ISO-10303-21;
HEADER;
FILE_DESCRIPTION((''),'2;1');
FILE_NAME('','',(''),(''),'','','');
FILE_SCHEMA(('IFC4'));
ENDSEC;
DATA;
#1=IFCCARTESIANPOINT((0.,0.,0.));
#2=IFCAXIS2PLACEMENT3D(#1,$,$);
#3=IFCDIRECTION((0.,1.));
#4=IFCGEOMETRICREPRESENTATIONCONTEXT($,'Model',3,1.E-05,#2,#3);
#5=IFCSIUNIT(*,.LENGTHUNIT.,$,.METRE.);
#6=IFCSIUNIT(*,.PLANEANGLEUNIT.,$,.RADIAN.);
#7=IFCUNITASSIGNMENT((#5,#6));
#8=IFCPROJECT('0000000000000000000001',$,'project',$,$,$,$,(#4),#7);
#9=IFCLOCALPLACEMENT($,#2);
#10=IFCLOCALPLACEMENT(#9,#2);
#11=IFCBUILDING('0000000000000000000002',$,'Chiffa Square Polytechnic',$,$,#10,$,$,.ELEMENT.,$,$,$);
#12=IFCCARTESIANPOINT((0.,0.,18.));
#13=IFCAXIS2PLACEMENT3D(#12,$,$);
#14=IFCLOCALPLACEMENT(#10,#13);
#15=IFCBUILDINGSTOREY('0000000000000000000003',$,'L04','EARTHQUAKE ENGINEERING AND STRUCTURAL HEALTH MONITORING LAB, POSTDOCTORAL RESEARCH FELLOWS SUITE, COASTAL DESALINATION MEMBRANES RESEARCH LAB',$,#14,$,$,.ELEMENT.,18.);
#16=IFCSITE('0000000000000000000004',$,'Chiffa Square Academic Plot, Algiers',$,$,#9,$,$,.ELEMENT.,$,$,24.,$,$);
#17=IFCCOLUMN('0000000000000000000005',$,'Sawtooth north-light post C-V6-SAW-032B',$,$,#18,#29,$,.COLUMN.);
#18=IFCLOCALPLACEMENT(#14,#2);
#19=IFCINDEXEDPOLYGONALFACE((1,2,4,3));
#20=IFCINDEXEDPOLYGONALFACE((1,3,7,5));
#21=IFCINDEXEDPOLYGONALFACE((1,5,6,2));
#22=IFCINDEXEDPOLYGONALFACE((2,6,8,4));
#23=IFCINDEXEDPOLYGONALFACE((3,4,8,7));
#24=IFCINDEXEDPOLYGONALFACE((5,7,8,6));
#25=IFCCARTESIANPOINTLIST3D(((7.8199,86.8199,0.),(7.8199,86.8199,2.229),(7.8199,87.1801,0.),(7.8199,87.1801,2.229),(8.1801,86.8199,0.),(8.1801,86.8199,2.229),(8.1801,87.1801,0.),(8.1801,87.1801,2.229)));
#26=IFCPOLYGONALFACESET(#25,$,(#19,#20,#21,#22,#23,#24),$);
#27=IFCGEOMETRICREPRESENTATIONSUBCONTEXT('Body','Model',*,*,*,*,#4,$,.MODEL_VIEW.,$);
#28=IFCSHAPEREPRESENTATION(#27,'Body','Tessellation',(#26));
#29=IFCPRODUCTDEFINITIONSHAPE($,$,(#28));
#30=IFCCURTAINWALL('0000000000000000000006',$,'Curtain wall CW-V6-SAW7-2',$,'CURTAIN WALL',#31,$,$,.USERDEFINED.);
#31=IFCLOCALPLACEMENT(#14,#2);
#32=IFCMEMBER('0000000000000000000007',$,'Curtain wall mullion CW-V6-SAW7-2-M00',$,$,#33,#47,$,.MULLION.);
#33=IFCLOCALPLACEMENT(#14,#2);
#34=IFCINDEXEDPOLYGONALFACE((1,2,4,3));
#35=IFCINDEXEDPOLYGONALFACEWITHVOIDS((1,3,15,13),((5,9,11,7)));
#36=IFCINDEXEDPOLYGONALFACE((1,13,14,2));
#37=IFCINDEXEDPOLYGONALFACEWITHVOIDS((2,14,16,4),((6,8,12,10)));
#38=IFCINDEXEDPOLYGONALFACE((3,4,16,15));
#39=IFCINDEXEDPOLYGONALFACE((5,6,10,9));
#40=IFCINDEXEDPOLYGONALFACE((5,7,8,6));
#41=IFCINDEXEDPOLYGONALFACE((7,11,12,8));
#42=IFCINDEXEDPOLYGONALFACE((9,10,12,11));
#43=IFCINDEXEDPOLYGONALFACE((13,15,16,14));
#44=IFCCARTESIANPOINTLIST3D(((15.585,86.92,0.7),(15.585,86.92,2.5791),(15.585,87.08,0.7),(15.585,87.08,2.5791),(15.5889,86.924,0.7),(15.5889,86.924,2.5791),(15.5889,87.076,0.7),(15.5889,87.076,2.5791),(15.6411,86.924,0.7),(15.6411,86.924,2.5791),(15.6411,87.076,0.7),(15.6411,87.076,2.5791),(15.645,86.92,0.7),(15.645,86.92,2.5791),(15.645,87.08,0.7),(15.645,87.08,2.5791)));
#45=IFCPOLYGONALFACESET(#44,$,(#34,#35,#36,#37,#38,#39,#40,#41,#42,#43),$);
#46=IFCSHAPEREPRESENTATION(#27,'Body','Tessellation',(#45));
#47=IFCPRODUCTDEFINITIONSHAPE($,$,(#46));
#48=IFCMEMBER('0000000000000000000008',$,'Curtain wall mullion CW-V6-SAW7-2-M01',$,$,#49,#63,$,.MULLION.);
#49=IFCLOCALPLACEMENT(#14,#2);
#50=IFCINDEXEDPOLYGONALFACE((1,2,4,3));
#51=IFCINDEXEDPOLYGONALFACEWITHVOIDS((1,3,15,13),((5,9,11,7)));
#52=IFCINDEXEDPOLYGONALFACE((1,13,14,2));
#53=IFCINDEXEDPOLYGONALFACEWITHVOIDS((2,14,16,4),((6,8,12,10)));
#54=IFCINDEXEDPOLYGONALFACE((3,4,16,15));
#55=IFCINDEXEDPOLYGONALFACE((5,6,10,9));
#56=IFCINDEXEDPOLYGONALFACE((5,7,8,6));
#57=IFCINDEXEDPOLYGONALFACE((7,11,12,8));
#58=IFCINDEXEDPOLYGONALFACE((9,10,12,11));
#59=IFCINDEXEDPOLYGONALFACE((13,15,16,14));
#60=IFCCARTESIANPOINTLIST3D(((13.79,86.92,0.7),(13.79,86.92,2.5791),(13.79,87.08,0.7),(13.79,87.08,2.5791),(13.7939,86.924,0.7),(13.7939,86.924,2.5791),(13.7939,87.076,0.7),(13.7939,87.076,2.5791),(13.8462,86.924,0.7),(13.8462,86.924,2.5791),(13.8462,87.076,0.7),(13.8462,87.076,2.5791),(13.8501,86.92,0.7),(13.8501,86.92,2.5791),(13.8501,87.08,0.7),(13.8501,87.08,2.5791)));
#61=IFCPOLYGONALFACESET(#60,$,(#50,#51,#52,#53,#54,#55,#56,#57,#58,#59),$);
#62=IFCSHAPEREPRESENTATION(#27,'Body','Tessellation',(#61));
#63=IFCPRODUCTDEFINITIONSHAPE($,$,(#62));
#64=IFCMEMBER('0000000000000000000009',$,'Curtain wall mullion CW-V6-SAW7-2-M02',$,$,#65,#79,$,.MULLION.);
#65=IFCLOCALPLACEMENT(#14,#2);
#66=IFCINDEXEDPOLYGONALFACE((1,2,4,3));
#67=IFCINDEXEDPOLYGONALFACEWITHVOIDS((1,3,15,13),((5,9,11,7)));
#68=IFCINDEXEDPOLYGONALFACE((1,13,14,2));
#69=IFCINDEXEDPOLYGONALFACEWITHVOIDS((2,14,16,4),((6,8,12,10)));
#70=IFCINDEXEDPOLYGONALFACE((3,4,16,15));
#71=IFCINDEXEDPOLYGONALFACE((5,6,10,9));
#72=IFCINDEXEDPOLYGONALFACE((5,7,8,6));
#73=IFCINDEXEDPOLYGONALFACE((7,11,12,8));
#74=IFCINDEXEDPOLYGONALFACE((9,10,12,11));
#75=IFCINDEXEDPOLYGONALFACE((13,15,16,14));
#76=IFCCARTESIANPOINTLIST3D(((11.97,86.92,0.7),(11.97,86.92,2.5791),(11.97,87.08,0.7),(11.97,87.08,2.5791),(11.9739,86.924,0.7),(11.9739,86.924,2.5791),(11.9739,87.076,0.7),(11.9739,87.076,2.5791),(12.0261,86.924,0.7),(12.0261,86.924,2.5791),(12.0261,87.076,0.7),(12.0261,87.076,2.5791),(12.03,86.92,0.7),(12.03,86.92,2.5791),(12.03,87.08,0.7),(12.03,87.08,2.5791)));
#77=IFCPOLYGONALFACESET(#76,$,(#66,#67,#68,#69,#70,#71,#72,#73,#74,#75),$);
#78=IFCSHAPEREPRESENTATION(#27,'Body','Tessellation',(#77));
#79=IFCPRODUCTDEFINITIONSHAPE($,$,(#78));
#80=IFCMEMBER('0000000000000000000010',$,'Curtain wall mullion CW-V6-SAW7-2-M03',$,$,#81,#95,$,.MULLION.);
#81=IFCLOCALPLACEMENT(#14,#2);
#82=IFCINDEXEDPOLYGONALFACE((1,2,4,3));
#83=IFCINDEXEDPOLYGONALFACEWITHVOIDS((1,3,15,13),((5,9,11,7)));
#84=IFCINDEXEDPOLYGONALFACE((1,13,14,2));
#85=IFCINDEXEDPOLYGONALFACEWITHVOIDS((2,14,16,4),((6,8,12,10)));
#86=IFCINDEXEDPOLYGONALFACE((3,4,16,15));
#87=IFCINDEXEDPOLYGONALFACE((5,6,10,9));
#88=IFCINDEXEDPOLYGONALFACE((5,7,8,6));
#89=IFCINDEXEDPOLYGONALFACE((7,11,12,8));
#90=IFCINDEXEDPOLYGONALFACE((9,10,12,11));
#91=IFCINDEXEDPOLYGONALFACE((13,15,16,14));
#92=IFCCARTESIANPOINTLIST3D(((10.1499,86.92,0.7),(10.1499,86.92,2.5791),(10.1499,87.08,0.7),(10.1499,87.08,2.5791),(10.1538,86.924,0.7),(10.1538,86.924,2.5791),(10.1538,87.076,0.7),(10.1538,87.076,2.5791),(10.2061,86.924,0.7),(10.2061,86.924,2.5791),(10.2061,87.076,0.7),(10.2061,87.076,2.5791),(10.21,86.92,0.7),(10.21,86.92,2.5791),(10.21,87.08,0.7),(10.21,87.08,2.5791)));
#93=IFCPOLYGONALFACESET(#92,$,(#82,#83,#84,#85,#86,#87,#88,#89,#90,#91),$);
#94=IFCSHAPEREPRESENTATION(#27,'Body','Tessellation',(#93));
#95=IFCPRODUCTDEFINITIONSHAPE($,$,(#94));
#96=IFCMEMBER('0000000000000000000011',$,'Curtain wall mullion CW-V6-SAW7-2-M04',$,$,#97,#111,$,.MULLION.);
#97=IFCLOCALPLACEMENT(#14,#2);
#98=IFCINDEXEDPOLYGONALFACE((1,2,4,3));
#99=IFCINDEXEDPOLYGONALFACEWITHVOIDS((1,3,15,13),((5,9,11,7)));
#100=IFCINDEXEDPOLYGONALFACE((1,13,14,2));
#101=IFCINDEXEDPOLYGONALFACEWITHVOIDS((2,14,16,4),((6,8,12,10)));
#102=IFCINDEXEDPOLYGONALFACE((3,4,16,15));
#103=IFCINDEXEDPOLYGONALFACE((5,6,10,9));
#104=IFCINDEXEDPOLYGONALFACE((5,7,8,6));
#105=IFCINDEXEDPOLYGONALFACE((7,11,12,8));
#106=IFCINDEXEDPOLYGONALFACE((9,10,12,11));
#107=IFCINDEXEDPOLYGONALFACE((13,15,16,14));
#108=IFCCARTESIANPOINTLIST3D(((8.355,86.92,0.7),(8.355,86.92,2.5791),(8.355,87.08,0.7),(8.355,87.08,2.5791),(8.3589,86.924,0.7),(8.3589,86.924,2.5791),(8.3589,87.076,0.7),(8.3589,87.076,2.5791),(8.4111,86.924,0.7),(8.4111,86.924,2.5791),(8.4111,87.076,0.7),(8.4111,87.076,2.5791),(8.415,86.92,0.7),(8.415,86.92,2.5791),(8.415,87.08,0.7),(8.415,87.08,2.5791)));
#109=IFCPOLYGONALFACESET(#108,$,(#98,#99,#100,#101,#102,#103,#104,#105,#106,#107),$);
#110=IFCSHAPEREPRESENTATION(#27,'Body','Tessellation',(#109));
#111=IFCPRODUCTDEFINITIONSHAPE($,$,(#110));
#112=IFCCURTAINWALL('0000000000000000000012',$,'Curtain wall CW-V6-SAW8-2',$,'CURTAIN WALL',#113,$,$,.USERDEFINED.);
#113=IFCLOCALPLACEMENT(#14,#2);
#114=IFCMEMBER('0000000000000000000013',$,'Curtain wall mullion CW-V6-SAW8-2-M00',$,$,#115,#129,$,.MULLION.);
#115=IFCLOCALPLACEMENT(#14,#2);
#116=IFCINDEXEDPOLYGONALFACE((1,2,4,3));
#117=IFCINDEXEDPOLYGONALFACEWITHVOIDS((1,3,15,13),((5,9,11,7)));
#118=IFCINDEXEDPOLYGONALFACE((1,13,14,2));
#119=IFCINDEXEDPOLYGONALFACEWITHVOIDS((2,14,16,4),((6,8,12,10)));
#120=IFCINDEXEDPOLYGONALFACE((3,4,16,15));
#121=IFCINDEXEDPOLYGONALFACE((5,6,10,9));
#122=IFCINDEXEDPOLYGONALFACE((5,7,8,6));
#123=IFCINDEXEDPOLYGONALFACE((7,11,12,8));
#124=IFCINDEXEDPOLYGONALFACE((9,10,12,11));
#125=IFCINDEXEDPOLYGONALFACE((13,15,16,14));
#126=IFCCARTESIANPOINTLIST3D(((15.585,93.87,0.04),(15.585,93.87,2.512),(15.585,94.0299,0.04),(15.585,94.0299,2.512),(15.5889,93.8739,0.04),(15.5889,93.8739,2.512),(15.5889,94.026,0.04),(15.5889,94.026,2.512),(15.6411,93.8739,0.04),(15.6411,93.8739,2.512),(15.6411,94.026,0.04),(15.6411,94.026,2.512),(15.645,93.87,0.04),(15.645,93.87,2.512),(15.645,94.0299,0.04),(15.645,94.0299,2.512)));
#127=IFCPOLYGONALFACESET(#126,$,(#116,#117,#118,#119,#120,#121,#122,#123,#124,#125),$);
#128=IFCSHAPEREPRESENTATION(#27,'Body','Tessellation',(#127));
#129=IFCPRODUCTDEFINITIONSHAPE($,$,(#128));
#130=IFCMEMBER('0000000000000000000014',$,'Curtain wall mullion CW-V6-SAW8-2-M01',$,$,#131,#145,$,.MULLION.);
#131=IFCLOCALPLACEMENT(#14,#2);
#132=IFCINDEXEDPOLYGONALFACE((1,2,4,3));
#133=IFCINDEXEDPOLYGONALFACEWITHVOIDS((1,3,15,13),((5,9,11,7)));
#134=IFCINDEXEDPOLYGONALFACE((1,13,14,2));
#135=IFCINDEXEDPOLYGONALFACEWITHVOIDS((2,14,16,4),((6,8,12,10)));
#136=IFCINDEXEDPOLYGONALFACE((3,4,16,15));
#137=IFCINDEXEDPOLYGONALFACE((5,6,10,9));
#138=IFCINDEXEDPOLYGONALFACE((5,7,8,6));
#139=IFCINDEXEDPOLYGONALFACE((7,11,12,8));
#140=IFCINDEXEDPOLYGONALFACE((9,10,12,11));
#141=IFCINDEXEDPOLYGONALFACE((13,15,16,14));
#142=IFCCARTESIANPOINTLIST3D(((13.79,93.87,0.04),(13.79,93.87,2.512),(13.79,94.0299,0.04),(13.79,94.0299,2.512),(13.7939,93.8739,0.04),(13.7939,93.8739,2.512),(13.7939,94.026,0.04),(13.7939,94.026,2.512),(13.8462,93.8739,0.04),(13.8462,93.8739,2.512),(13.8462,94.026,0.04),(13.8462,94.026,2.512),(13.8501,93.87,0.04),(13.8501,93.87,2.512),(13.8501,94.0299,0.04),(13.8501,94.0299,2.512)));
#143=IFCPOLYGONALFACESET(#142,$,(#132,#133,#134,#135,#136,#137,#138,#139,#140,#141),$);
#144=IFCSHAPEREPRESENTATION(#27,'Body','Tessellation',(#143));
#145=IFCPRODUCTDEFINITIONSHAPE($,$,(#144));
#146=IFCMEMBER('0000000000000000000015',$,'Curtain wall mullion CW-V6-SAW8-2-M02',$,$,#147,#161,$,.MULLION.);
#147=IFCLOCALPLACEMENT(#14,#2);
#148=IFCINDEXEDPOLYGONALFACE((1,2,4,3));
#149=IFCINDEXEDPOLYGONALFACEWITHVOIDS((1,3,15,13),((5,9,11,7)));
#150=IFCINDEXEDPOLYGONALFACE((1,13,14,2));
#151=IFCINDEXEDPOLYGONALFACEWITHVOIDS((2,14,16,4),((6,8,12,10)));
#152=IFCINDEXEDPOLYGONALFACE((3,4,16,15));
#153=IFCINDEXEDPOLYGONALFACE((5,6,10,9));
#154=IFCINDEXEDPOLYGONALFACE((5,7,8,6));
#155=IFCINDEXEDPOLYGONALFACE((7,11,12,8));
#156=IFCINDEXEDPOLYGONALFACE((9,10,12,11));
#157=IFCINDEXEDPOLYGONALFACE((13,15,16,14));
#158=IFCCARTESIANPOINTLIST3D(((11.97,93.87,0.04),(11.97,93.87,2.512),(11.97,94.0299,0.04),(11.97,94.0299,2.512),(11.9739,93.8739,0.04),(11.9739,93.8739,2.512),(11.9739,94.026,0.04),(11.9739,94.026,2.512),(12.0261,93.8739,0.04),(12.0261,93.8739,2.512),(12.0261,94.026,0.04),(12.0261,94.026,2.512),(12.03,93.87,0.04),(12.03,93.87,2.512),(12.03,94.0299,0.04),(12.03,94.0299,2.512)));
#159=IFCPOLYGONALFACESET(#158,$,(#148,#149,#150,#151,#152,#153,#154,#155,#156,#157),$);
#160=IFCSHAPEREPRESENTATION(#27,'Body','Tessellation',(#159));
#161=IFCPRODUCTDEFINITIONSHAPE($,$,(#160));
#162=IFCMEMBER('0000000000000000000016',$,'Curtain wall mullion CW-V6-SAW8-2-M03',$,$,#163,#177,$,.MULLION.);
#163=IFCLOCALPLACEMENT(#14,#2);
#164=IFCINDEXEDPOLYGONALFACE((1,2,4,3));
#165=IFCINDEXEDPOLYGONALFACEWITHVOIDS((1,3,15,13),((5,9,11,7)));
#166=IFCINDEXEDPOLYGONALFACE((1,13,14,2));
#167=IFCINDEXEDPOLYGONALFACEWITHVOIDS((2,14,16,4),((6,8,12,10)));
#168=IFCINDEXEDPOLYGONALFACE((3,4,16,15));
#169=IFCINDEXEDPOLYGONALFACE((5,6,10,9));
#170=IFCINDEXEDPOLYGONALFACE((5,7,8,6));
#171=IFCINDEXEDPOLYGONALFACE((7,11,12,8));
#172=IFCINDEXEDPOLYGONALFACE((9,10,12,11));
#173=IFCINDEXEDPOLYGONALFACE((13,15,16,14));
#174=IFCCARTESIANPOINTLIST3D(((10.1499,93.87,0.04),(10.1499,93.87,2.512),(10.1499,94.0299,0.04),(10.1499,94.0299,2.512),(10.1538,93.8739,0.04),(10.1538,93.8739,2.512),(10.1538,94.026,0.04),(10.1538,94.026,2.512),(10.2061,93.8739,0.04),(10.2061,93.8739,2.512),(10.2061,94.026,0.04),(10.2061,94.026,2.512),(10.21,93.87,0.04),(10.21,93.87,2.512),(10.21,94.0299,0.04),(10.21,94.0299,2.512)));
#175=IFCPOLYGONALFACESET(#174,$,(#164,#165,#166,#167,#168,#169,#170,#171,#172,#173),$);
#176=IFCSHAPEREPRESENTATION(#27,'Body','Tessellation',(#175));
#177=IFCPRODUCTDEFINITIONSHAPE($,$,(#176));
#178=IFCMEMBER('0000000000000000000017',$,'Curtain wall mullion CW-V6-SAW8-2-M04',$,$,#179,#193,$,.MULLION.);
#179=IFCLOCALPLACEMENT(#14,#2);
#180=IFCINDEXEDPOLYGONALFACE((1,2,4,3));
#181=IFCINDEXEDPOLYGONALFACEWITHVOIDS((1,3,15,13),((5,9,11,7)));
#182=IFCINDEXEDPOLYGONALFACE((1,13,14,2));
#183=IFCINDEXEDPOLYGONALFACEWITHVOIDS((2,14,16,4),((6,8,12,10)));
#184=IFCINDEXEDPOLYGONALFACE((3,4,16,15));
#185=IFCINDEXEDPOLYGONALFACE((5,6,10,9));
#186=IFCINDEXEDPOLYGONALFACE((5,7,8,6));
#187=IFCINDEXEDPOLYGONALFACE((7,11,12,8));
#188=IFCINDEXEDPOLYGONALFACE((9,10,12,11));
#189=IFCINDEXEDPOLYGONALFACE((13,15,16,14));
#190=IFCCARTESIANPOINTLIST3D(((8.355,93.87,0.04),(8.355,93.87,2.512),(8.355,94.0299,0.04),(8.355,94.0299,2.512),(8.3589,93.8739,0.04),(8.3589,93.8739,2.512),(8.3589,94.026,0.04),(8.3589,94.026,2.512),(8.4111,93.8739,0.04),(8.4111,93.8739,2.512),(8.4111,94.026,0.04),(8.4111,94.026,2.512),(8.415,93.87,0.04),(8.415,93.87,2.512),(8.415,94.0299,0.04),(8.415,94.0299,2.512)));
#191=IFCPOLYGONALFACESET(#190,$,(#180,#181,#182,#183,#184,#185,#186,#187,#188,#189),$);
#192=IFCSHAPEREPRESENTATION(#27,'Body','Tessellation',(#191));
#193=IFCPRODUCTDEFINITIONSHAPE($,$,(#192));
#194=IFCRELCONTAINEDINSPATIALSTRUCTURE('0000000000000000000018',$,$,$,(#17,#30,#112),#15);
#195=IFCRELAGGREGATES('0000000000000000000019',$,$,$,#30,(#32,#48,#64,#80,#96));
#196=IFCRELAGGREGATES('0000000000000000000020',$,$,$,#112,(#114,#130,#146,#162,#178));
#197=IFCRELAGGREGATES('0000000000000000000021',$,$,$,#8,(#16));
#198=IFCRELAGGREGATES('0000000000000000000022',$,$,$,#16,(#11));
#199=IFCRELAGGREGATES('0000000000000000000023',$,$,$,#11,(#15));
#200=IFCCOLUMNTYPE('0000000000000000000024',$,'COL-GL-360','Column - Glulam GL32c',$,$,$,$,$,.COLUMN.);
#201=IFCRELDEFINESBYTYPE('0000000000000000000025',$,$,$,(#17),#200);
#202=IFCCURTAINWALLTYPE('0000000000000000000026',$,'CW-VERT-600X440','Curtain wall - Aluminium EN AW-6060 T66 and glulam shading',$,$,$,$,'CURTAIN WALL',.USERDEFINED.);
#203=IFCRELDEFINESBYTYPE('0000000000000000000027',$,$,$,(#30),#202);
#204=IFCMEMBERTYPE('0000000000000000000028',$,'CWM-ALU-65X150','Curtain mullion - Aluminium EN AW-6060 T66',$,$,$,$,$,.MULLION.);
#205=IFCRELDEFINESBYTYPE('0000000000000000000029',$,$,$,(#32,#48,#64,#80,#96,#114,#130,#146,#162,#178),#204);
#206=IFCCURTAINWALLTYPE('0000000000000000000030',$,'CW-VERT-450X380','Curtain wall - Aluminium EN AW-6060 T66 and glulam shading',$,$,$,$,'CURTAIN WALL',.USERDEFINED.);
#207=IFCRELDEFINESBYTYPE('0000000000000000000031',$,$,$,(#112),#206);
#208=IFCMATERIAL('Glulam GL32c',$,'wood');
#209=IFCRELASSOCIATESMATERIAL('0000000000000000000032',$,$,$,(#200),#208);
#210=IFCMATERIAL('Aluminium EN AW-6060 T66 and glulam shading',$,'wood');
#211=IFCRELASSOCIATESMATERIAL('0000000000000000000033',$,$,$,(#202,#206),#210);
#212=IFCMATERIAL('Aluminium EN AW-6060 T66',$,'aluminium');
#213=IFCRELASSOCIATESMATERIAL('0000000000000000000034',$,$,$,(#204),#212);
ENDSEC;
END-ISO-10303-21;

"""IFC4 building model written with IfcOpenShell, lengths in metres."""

from ifc_helpers import new_model, si_unit, direction, frame, origin, origin_2d, place, context, subcontext, project, spatial, rectangle, hollow_rectangle, extrude, material, material_profile, profile_set, type_object, element, aggregate, save


model = new_model("IFC4")

# Units and contexts
model_context = context("Model", 3, precision=1e-05, world=origin(), true_north=direction((0.0, 1.0)))
body_context = subcontext(model_context, "Body", "Model", "MODEL_VIEW")
ifc_project = project(units=[si_unit("LENGTHUNIT", "METRE"), si_unit("PLANEANGLEUNIT", "RADIAN")], contexts=[model_context])

# Site, building, storey
site_placement = place(None, origin())
site = spatial("IfcSite", under=ifc_project, at=site_placement, Name="Chiffa Square Academic Plot, Algiers", CompositionType="ELEMENT", RefElevation=24.0)
building_placement = place(site_placement, origin())
building = spatial("IfcBuilding", under=site, at=building_placement, Name="Chiffa Square Polytechnic", CompositionType="ELEMENT")
storey_placement = place(building_placement, frame((0.0, 0.0, 18.0)))
storey = spatial("IfcBuildingStorey", under=building, at=storey_placement, Name="L04", Description="EARTHQUAKE ENGINEERING AND STRUCTURAL HEALTH MONITORING LAB, POSTDOCTORAL RESEARCH FELLOWS SUITE, COASTAL DESALINATION MEMBRANES RESEARCH LAB", CompositionType="ELEMENT", Elevation=18.0)

# Column
ifc_material_1 = material(Name="Glulam GL32c", Category="wood")
ifc_material_profile_1 = material_profile(ifc_material_1, rectangle(XDim=0.3601, YDim=0.3601, at=origin_2d()), Name="GL32c 360x360")
ifc_profile_set_1 = profile_set([ifc_material_profile_1], Name="Glulam GL32c")
column_type = type_object("IfcColumnType", Name="COL-GL-360", Description="Column - Glulam GL32c", PredefinedType="COLUMN", material=ifc_profile_set_1)
column_placement = place(storey_placement, frame((8.0, 87.0, 0.0), z_axis=(0.0, 0.0, 1.0), x_axis=(1.0, 0.0, 0.0)))
element("IfcColumn", 1, at=column_placement, inside=storey, type_object=column_type, Name="Sawtooth north-light post C-V6-SAW-032B", PredefinedType="COLUMN", context=body_context, shape_type="SweptSolid", body=[
    extrude(rectangle(XDim=0.3601, YDim=0.3601, at=origin_2d()), origin(), (0.0, 0.0, 1.0), 2.229),
])

# Curtain walls, members
ifc_material_2 = material(Name="Aluminium EN AW-6060 T66 and glulam shading", Category="wood")
curtain_wall_type_1 = type_object("IfcCurtainWallType", Name="CW-VERT-600X440", Description="Curtain wall - Aluminium EN AW-6060 T66 and glulam shading", ElementType="CURTAIN WALL", PredefinedType="USERDEFINED", material=ifc_material_2)
curtain_wall_1_placement = place(storey_placement, origin())
curtain_wall_1 = element("IfcCurtainWall", 2, at=curtain_wall_1_placement, inside=storey, type_object=curtain_wall_type_1, Name="Curtain wall CW-V6-SAW7-2", ObjectType="CURTAIN WALL", PredefinedType="USERDEFINED")
ifc_material_3 = material(Name="Aluminium EN AW-6060 T66", Category="aluminium")
ifc_material_profile_2 = material_profile(ifc_material_3, hollow_rectangle(XDim=0.0601, YDim=0.1599, WallThickness=0.0039, at=origin_2d()), Name="ALU 60x160x4")
ifc_profile_set_2 = profile_set([ifc_material_profile_2], Name="Aluminium EN AW-6060 T66")
member_type_1 = type_object("IfcMemberType", Name="CWM-ALU-65X150", Description="Curtain mullion - Aluminium EN AW-6060 T66", PredefinedType="MULLION", material=ifc_profile_set_2)
member_1_placement = place(storey_placement, frame((15.615, 87.0, 0.7), z_axis=(0.0, 0.0, 1.0), x_axis=(1.0, 0.0, 0.0)))
member_1 = element("IfcMember", 3, at=member_1_placement, type_object=member_type_1, Name="Curtain wall mullion CW-V6-SAW7-2-M00", PredefinedType="MULLION", context=body_context, shape_type="SweptSolid", body=[
    extrude(hollow_rectangle(XDim=0.0601, YDim=0.1599, WallThickness=0.0039, at=origin_2d()), origin(), (0.0, 0.0, 1.0), 1.8792),
])
member_2_placement = place(storey_placement, frame((13.8201, 87.0, 0.7), z_axis=(0.0, 0.0, 1.0), x_axis=(1.0, 0.0, 0.0)))
member_2 = element("IfcMember", 4, at=member_2_placement, type_object=member_type_1, Name="Curtain wall mullion CW-V6-SAW7-2-M01", PredefinedType="MULLION", context=body_context, shape_type="SweptSolid", body=[
    extrude(hollow_rectangle(XDim=0.0601, YDim=0.1599, WallThickness=0.0039, at=origin_2d()), origin(), (0.0, 0.0, 1.0), 1.8792),
])
member_3_placement = place(storey_placement, frame((12.0, 87.0, 0.7), z_axis=(0.0, 0.0, 1.0), x_axis=(1.0, 0.0, 0.0)))
member_3 = element("IfcMember", 5, at=member_3_placement, type_object=member_type_1, Name="Curtain wall mullion CW-V6-SAW7-2-M02", PredefinedType="MULLION", context=body_context, shape_type="SweptSolid", body=[
    extrude(hollow_rectangle(XDim=0.0601, YDim=0.1599, WallThickness=0.0039, at=origin_2d()), origin(), (0.0, 0.0, 1.0), 1.8792),
])
member_4_placement = place(storey_placement, frame((10.1799, 87.0, 0.7), z_axis=(0.0, 0.0, 1.0), x_axis=(1.0, 0.0, 0.0)))
member_4 = element("IfcMember", 6, at=member_4_placement, type_object=member_type_1, Name="Curtain wall mullion CW-V6-SAW7-2-M03", PredefinedType="MULLION", context=body_context, shape_type="SweptSolid", body=[
    extrude(hollow_rectangle(XDim=0.0601, YDim=0.1599, WallThickness=0.0039, at=origin_2d()), origin(), (0.0, 0.0, 1.0), 1.8792),
])
member_5_placement = place(storey_placement, frame((8.385, 87.0, 0.7), z_axis=(0.0, 0.0, 1.0), x_axis=(1.0, 0.0, 0.0)))
member_5 = element("IfcMember", 7, at=member_5_placement, type_object=member_type_1, Name="Curtain wall mullion CW-V6-SAW7-2-M04", PredefinedType="MULLION", context=body_context, shape_type="SweptSolid", body=[
    extrude(hollow_rectangle(XDim=0.0601, YDim=0.1599, WallThickness=0.0039, at=origin_2d()), origin(), (0.0, 0.0, 1.0), 1.8792),
])
curtain_wall_type_2 = type_object("IfcCurtainWallType", Name="CW-VERT-450X380", Description="Curtain wall - Aluminium EN AW-6060 T66 and glulam shading", ElementType="CURTAIN WALL", PredefinedType="USERDEFINED", material=ifc_material_2)
curtain_wall_2_placement = place(storey_placement, origin())
curtain_wall_2 = element("IfcCurtainWall", 8, at=curtain_wall_2_placement, inside=storey, type_object=curtain_wall_type_2, Name="Curtain wall CW-V6-SAW8-2", ObjectType="CURTAIN WALL", PredefinedType="USERDEFINED")
member_6_placement = place(storey_placement, frame((15.615, 93.95, 0.04), z_axis=(0.0, 0.0, 1.0), x_axis=(1.0, 0.0, 0.0)))
member_6 = element("IfcMember", 9, at=member_6_placement, type_object=member_type_1, Name="Curtain wall mullion CW-V6-SAW8-2-M00", PredefinedType="MULLION", context=body_context, shape_type="SweptSolid", body=[
    extrude(hollow_rectangle(XDim=0.0601, YDim=0.1599, WallThickness=0.0039, at=origin_2d()), origin(), (0.0, 0.0, 1.0), 2.4719),
])
member_7_placement = place(storey_placement, frame((13.8201, 93.95, 0.04), z_axis=(0.0, 0.0, 1.0), x_axis=(1.0, 0.0, 0.0)))
member_7 = element("IfcMember", 10, at=member_7_placement, type_object=member_type_1, Name="Curtain wall mullion CW-V6-SAW8-2-M01", PredefinedType="MULLION", context=body_context, shape_type="SweptSolid", body=[
    extrude(hollow_rectangle(XDim=0.0601, YDim=0.1599, WallThickness=0.0039, at=origin_2d()), origin(), (0.0, 0.0, 1.0), 2.4719),
])
member_8_placement = place(storey_placement, frame((12.0, 93.95, 0.04), z_axis=(0.0, 0.0, 1.0), x_axis=(1.0, 0.0, 0.0)))
member_8 = element("IfcMember", 11, at=member_8_placement, type_object=member_type_1, Name="Curtain wall mullion CW-V6-SAW8-2-M02", PredefinedType="MULLION", context=body_context, shape_type="SweptSolid", body=[
    extrude(hollow_rectangle(XDim=0.0601, YDim=0.1599, WallThickness=0.0039, at=origin_2d()), origin(), (0.0, 0.0, 1.0), 2.4719),
])
member_9_placement = place(storey_placement, frame((10.1799, 93.95, 0.04), z_axis=(0.0, 0.0, 1.0), x_axis=(1.0, 0.0, 0.0)))
member_9 = element("IfcMember", 12, at=member_9_placement, type_object=member_type_1, Name="Curtain wall mullion CW-V6-SAW8-2-M03", PredefinedType="MULLION", context=body_context, shape_type="SweptSolid", body=[
    extrude(hollow_rectangle(XDim=0.0601, YDim=0.1599, WallThickness=0.0039, at=origin_2d()), origin(), (0.0, 0.0, 1.0), 2.4719),
])
member_10_placement = place(storey_placement, frame((8.385, 93.95, 0.04), z_axis=(0.0, 0.0, 1.0), x_axis=(1.0, 0.0, 0.0)))
member_10 = element("IfcMember", 13, at=member_10_placement, type_object=member_type_1, Name="Curtain wall mullion CW-V6-SAW8-2-M04", PredefinedType="MULLION", context=body_context, shape_type="SweptSolid", body=[
    extrude(hollow_rectangle(XDim=0.0601, YDim=0.1599, WallThickness=0.0039, at=origin_2d()), origin(), (0.0, 0.0, 1.0), 2.4719),
])

aggregate(curtain_wall_1, [member_1, member_2, member_3, member_4, member_5])
aggregate(curtain_wall_2, [member_6, member_7, member_8, member_9, member_10])

save(model, "model.ifc")
